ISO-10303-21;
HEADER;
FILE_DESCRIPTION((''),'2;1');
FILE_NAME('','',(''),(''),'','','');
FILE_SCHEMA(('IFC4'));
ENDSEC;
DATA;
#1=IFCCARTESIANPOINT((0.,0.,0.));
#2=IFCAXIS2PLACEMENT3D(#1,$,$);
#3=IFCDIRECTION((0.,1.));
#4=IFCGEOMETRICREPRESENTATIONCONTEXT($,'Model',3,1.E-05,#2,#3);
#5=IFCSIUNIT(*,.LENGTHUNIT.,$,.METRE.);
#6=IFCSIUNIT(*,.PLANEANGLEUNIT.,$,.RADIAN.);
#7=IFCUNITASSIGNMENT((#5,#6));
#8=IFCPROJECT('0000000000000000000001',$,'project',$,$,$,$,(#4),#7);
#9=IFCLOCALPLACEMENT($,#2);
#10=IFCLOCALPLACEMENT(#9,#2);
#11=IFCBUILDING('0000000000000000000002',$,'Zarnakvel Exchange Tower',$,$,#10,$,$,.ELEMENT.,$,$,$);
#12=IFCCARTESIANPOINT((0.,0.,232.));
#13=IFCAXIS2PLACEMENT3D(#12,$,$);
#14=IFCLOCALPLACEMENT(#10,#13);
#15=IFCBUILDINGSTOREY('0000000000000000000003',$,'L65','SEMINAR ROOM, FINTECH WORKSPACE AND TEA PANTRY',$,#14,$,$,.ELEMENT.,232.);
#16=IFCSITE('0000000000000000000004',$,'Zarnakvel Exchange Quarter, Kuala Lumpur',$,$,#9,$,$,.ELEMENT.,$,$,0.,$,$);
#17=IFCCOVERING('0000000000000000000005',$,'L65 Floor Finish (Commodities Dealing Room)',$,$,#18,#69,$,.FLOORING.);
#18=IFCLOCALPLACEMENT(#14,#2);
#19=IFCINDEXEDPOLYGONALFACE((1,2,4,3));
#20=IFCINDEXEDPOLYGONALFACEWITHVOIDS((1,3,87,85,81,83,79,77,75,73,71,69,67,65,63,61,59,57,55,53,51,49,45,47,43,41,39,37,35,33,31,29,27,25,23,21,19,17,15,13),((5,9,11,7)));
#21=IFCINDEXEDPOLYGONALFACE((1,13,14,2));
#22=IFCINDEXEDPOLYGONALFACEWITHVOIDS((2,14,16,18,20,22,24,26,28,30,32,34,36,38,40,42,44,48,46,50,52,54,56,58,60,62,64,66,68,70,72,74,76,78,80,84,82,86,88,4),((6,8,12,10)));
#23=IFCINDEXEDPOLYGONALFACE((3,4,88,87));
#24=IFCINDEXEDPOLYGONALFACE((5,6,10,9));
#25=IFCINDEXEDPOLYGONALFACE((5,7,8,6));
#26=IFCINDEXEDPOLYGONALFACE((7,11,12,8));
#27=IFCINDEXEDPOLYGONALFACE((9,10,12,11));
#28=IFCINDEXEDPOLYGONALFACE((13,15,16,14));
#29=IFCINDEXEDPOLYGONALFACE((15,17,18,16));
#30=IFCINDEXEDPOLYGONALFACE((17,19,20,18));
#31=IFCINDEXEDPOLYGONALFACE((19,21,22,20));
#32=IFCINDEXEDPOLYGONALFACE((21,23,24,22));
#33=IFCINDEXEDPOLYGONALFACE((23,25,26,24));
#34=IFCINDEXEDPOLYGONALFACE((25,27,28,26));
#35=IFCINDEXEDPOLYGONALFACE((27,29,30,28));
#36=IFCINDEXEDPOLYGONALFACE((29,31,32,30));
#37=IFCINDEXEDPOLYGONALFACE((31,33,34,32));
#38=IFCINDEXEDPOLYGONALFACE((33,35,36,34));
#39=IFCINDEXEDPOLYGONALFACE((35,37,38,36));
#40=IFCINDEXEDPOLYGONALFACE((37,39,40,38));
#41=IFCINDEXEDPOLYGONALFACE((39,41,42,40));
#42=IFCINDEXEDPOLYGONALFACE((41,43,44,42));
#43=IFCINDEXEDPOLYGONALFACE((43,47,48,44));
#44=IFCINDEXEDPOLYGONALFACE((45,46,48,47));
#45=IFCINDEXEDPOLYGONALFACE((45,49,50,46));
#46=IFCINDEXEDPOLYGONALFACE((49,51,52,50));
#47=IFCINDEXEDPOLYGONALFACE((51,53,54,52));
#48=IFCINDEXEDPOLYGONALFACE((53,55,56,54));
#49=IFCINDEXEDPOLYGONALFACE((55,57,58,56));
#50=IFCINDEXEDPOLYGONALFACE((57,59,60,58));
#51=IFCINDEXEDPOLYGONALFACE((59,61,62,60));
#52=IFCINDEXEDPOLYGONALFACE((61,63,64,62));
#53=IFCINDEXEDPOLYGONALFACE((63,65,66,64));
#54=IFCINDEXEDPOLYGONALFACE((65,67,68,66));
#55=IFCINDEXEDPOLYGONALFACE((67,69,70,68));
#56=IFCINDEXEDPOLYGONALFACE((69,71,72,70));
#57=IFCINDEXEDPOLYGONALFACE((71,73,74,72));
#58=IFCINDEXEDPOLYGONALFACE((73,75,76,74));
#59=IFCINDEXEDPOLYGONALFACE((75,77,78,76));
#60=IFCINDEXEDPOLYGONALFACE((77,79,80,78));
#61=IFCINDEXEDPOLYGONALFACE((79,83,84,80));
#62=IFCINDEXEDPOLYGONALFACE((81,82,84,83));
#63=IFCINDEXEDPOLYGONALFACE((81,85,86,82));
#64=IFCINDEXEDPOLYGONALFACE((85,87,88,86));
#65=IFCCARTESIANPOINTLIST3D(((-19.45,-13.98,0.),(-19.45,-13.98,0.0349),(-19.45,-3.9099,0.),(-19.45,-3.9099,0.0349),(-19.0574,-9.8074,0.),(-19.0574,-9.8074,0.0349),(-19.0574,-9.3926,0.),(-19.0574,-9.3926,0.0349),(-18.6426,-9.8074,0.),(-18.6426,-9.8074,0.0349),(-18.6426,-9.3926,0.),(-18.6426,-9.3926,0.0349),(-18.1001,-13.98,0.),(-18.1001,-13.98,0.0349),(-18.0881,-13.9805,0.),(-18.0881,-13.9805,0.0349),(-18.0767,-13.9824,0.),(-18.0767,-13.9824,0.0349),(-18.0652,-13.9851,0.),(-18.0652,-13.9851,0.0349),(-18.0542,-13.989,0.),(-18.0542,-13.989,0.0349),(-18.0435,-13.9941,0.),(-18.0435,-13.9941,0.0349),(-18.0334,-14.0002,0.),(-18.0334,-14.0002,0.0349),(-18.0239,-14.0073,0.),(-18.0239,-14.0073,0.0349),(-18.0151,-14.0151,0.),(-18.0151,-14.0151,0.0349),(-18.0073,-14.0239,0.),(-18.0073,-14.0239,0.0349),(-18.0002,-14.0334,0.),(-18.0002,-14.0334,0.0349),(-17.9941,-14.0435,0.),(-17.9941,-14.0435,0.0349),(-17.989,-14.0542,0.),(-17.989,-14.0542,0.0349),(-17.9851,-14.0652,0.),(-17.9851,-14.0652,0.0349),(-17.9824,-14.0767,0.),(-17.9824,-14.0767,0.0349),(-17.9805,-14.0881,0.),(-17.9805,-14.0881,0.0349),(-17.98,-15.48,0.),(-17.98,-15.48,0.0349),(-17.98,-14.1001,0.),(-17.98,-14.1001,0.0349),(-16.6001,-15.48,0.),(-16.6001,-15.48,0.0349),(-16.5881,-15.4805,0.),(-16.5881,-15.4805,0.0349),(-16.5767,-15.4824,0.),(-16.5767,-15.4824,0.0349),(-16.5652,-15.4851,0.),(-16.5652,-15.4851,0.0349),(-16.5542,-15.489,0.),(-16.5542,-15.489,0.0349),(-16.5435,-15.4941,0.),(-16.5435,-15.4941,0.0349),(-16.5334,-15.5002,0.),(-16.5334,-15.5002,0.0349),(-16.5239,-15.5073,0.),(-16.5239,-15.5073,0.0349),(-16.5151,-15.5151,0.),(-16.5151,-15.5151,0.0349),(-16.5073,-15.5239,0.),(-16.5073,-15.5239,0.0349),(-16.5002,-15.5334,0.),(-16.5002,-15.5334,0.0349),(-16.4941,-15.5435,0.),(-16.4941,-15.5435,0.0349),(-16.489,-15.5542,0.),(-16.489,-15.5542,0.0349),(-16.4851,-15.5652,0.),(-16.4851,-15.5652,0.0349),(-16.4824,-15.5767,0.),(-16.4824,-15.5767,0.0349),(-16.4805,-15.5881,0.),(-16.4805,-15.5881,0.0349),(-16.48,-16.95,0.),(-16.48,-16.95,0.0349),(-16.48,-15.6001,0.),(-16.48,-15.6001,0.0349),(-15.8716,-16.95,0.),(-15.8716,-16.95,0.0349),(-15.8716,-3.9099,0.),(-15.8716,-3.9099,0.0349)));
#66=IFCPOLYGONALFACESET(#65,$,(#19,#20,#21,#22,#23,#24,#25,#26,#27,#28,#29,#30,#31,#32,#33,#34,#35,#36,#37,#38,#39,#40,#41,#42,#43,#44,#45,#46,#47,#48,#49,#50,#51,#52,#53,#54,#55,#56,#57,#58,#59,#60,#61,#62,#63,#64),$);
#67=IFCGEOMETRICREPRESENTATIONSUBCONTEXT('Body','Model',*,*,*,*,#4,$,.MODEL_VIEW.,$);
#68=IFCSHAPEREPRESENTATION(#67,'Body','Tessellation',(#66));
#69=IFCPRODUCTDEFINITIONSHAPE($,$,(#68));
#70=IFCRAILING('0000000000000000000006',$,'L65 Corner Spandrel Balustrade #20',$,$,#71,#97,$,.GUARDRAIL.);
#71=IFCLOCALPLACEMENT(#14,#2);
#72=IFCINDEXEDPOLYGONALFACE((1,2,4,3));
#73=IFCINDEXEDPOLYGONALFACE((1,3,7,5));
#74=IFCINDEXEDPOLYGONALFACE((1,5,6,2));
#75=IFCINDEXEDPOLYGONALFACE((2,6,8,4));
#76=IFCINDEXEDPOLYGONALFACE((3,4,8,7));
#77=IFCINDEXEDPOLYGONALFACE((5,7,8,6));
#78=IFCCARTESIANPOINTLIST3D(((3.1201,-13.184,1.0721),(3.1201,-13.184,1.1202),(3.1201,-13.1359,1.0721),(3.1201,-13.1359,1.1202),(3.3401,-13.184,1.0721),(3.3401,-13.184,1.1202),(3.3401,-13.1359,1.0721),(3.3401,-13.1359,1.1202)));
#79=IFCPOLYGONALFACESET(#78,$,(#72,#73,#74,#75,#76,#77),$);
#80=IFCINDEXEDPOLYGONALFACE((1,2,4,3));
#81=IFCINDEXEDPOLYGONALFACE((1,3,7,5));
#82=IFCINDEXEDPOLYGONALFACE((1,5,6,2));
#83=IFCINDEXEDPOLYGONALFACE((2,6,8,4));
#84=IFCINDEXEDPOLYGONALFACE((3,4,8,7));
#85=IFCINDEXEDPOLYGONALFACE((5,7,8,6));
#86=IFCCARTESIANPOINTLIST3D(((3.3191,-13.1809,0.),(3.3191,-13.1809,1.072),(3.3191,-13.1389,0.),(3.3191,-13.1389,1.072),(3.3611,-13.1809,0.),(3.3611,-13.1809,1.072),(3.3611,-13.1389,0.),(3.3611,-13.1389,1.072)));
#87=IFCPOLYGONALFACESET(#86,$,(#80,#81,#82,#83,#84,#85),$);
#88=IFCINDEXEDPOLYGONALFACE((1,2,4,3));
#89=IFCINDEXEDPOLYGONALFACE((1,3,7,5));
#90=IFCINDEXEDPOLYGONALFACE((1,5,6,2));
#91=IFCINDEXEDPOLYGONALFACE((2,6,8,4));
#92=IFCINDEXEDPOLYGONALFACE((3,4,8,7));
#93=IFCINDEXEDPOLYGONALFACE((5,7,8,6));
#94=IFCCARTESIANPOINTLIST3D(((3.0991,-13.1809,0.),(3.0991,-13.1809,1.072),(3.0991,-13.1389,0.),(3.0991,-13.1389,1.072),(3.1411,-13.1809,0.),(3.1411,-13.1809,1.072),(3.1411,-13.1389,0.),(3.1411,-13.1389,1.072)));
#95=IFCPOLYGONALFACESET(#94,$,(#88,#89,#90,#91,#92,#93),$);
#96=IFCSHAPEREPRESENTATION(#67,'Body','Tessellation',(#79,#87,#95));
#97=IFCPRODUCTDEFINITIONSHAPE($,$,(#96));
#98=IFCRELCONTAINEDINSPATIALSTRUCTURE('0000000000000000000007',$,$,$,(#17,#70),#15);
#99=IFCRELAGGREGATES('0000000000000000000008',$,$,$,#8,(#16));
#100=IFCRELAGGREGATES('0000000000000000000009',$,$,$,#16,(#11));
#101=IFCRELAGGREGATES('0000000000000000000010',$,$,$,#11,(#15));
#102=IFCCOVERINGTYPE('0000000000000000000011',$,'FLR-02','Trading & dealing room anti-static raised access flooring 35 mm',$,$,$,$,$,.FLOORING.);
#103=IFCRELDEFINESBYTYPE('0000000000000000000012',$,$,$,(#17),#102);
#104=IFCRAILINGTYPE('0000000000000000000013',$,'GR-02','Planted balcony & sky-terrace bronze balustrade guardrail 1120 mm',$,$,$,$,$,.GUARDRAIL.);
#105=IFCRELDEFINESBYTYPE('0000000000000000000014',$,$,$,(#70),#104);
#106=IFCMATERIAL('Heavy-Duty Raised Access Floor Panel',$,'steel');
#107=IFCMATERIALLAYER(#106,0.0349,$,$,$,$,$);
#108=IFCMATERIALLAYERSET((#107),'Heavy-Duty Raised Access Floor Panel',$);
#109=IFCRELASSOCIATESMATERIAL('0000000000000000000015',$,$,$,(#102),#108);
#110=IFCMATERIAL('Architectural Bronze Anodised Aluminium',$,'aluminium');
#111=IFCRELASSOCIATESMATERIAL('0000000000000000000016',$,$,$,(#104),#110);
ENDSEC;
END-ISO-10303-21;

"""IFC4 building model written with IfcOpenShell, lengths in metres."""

from ifc_helpers import new_model, si_unit, direction, frame, origin, origin_2d, place, context, subcontext, project, spatial, polyline, rectangle, outline, extrude, material, layer, layer_set, type_object, element, save


model = new_model("IFC4")

# Units and contexts
model_context = context("Model", 3, precision=1e-05, world=origin(), true_north=direction((0.0, 1.0)))
body_context = subcontext(model_context, "Body", "Model", "MODEL_VIEW")
ifc_project = project(units=[si_unit("LENGTHUNIT", "METRE"), si_unit("PLANEANGLEUNIT", "RADIAN")], contexts=[model_context])

# Site, building, storey
site_placement = place(None, origin())
site = spatial("IfcSite", under=ifc_project, at=site_placement, Name="Zarnakvel Exchange Quarter, Kuala Lumpur", CompositionType="ELEMENT", RefElevation=0.0)
building_placement = place(site_placement, origin())
building = spatial("IfcBuilding", under=site, at=building_placement, Name="Zarnakvel Exchange Tower", CompositionType="ELEMENT")
storey_placement = place(building_placement, frame((0.0, 0.0, 232.0)))
storey = spatial("IfcBuildingStorey", under=building, at=storey_placement, Name="L65", Description="SEMINAR ROOM, FINTECH WORKSPACE AND TEA PANTRY", CompositionType="ELEMENT", Elevation=232.0)

# Covering
ifc_material_1 = material(Name="Heavy-Duty Raised Access Floor Panel", Category="steel")
ifc_layer_1 = layer(ifc_material_1, 0.0349)
ifc_layer_set_1 = layer_set([ifc_layer_1], Name="Heavy-Duty Raised Access Floor Panel")
covering_type_1 = type_object("IfcCoveringType", Name="FLR-02", Description="Trading & dealing room anti-static raised access flooring 35 mm", PredefinedType="FLOORING", material=ifc_layer_set_1)
covering_1_placement = place(storey_placement, origin())
element("IfcCovering", 1, at=covering_1_placement, inside=storey, type_object=covering_type_1, Name="L65 Floor Finish (Commodities Dealing Room)", PredefinedType="FLOORING", context=body_context, shape_type="SweptSolid", body=[
    extrude(outline(polyline([(-15.8716, -3.9099), (-15.8716, -16.95), (-16.48, -16.95), (-16.48, -15.6001), (-16.4805, -15.5881), (-16.4824, -15.5767), (-16.4851, -15.5652), (-16.489, -15.5542), (-16.4941, -15.5435), (-16.5002, -15.5334), (-16.5073, -15.5239), (-16.5151, -15.5151), (-16.5239, -15.5073), (-16.5334, -15.5002), (-16.5435, -15.4941), (-16.5542, -15.489), (-16.5652, -15.4851), (-16.5767, -15.4824), (-16.5881, -15.4805), (-16.6001, -15.48), (-17.98, -15.48), (-17.98, -14.1001), (-17.9805, -14.0881), (-17.9824, -14.0767), (-17.9851, -14.0652), (-17.989, -14.0542), (-17.9941, -14.0435), (-18.0002, -14.0334), (-18.0073, -14.0239), (-18.0151, -14.0151), (-18.0239, -14.0073), (-18.0334, -14.0002), (-18.0435, -13.9941), (-18.0542, -13.989), (-18.0652, -13.9851), (-18.0767, -13.9824), (-18.0881, -13.9805), (-18.1001, -13.98), (-19.45, -13.98), (-19.45, -3.9099), (-15.8716, -3.9099)]), holes=[polyline([(-18.6426, -9.8074), (-18.6426, -9.3926), (-19.0574, -9.3926), (-19.0574, -9.8074), (-18.6426, -9.8074)])]), origin(), (0.0, 0.0, 1.0), 0.0349),
])

# Railing
ifc_material_2 = material(Name="Architectural Bronze Anodised Aluminium", Category="aluminium")
railing_type = type_object("IfcRailingType", Name="GR-02", Description="Planted balcony & sky-terrace bronze balustrade guardrail 1120 mm", PredefinedType="GUARDRAIL", material=ifc_material_2)
railing_placement = place(storey_placement, frame((3.3401, -13.1599, 0.0)))
element("IfcRailing", 2, at=railing_placement, inside=storey, type_object=railing_type, Name="L65 Corner Spandrel Balustrade #20", PredefinedType="GUARDRAIL", context=body_context, shape_type="SweptSolid", body=[
    extrude(rectangle(XDim=0.0481, YDim=0.0481, at=origin_2d()), frame((0.0, 0.0, 1.0962), z_axis=(-1.0, 0.0, 0.0), x_axis=(0.0, -1.0, 0.0)), (0.0, 0.0, 1.0), 0.22),
    extrude(rectangle(XDim=0.042, YDim=0.042, at=origin_2d()), origin(), (0.0, 0.0, 1.0), 1.072),
    extrude(rectangle(XDim=0.042, YDim=0.042, at=origin_2d()), frame((-0.22, 0.0, 0.0)), (0.0, 0.0, 1.0), 1.072),
])

save(model, "model.ifc")
